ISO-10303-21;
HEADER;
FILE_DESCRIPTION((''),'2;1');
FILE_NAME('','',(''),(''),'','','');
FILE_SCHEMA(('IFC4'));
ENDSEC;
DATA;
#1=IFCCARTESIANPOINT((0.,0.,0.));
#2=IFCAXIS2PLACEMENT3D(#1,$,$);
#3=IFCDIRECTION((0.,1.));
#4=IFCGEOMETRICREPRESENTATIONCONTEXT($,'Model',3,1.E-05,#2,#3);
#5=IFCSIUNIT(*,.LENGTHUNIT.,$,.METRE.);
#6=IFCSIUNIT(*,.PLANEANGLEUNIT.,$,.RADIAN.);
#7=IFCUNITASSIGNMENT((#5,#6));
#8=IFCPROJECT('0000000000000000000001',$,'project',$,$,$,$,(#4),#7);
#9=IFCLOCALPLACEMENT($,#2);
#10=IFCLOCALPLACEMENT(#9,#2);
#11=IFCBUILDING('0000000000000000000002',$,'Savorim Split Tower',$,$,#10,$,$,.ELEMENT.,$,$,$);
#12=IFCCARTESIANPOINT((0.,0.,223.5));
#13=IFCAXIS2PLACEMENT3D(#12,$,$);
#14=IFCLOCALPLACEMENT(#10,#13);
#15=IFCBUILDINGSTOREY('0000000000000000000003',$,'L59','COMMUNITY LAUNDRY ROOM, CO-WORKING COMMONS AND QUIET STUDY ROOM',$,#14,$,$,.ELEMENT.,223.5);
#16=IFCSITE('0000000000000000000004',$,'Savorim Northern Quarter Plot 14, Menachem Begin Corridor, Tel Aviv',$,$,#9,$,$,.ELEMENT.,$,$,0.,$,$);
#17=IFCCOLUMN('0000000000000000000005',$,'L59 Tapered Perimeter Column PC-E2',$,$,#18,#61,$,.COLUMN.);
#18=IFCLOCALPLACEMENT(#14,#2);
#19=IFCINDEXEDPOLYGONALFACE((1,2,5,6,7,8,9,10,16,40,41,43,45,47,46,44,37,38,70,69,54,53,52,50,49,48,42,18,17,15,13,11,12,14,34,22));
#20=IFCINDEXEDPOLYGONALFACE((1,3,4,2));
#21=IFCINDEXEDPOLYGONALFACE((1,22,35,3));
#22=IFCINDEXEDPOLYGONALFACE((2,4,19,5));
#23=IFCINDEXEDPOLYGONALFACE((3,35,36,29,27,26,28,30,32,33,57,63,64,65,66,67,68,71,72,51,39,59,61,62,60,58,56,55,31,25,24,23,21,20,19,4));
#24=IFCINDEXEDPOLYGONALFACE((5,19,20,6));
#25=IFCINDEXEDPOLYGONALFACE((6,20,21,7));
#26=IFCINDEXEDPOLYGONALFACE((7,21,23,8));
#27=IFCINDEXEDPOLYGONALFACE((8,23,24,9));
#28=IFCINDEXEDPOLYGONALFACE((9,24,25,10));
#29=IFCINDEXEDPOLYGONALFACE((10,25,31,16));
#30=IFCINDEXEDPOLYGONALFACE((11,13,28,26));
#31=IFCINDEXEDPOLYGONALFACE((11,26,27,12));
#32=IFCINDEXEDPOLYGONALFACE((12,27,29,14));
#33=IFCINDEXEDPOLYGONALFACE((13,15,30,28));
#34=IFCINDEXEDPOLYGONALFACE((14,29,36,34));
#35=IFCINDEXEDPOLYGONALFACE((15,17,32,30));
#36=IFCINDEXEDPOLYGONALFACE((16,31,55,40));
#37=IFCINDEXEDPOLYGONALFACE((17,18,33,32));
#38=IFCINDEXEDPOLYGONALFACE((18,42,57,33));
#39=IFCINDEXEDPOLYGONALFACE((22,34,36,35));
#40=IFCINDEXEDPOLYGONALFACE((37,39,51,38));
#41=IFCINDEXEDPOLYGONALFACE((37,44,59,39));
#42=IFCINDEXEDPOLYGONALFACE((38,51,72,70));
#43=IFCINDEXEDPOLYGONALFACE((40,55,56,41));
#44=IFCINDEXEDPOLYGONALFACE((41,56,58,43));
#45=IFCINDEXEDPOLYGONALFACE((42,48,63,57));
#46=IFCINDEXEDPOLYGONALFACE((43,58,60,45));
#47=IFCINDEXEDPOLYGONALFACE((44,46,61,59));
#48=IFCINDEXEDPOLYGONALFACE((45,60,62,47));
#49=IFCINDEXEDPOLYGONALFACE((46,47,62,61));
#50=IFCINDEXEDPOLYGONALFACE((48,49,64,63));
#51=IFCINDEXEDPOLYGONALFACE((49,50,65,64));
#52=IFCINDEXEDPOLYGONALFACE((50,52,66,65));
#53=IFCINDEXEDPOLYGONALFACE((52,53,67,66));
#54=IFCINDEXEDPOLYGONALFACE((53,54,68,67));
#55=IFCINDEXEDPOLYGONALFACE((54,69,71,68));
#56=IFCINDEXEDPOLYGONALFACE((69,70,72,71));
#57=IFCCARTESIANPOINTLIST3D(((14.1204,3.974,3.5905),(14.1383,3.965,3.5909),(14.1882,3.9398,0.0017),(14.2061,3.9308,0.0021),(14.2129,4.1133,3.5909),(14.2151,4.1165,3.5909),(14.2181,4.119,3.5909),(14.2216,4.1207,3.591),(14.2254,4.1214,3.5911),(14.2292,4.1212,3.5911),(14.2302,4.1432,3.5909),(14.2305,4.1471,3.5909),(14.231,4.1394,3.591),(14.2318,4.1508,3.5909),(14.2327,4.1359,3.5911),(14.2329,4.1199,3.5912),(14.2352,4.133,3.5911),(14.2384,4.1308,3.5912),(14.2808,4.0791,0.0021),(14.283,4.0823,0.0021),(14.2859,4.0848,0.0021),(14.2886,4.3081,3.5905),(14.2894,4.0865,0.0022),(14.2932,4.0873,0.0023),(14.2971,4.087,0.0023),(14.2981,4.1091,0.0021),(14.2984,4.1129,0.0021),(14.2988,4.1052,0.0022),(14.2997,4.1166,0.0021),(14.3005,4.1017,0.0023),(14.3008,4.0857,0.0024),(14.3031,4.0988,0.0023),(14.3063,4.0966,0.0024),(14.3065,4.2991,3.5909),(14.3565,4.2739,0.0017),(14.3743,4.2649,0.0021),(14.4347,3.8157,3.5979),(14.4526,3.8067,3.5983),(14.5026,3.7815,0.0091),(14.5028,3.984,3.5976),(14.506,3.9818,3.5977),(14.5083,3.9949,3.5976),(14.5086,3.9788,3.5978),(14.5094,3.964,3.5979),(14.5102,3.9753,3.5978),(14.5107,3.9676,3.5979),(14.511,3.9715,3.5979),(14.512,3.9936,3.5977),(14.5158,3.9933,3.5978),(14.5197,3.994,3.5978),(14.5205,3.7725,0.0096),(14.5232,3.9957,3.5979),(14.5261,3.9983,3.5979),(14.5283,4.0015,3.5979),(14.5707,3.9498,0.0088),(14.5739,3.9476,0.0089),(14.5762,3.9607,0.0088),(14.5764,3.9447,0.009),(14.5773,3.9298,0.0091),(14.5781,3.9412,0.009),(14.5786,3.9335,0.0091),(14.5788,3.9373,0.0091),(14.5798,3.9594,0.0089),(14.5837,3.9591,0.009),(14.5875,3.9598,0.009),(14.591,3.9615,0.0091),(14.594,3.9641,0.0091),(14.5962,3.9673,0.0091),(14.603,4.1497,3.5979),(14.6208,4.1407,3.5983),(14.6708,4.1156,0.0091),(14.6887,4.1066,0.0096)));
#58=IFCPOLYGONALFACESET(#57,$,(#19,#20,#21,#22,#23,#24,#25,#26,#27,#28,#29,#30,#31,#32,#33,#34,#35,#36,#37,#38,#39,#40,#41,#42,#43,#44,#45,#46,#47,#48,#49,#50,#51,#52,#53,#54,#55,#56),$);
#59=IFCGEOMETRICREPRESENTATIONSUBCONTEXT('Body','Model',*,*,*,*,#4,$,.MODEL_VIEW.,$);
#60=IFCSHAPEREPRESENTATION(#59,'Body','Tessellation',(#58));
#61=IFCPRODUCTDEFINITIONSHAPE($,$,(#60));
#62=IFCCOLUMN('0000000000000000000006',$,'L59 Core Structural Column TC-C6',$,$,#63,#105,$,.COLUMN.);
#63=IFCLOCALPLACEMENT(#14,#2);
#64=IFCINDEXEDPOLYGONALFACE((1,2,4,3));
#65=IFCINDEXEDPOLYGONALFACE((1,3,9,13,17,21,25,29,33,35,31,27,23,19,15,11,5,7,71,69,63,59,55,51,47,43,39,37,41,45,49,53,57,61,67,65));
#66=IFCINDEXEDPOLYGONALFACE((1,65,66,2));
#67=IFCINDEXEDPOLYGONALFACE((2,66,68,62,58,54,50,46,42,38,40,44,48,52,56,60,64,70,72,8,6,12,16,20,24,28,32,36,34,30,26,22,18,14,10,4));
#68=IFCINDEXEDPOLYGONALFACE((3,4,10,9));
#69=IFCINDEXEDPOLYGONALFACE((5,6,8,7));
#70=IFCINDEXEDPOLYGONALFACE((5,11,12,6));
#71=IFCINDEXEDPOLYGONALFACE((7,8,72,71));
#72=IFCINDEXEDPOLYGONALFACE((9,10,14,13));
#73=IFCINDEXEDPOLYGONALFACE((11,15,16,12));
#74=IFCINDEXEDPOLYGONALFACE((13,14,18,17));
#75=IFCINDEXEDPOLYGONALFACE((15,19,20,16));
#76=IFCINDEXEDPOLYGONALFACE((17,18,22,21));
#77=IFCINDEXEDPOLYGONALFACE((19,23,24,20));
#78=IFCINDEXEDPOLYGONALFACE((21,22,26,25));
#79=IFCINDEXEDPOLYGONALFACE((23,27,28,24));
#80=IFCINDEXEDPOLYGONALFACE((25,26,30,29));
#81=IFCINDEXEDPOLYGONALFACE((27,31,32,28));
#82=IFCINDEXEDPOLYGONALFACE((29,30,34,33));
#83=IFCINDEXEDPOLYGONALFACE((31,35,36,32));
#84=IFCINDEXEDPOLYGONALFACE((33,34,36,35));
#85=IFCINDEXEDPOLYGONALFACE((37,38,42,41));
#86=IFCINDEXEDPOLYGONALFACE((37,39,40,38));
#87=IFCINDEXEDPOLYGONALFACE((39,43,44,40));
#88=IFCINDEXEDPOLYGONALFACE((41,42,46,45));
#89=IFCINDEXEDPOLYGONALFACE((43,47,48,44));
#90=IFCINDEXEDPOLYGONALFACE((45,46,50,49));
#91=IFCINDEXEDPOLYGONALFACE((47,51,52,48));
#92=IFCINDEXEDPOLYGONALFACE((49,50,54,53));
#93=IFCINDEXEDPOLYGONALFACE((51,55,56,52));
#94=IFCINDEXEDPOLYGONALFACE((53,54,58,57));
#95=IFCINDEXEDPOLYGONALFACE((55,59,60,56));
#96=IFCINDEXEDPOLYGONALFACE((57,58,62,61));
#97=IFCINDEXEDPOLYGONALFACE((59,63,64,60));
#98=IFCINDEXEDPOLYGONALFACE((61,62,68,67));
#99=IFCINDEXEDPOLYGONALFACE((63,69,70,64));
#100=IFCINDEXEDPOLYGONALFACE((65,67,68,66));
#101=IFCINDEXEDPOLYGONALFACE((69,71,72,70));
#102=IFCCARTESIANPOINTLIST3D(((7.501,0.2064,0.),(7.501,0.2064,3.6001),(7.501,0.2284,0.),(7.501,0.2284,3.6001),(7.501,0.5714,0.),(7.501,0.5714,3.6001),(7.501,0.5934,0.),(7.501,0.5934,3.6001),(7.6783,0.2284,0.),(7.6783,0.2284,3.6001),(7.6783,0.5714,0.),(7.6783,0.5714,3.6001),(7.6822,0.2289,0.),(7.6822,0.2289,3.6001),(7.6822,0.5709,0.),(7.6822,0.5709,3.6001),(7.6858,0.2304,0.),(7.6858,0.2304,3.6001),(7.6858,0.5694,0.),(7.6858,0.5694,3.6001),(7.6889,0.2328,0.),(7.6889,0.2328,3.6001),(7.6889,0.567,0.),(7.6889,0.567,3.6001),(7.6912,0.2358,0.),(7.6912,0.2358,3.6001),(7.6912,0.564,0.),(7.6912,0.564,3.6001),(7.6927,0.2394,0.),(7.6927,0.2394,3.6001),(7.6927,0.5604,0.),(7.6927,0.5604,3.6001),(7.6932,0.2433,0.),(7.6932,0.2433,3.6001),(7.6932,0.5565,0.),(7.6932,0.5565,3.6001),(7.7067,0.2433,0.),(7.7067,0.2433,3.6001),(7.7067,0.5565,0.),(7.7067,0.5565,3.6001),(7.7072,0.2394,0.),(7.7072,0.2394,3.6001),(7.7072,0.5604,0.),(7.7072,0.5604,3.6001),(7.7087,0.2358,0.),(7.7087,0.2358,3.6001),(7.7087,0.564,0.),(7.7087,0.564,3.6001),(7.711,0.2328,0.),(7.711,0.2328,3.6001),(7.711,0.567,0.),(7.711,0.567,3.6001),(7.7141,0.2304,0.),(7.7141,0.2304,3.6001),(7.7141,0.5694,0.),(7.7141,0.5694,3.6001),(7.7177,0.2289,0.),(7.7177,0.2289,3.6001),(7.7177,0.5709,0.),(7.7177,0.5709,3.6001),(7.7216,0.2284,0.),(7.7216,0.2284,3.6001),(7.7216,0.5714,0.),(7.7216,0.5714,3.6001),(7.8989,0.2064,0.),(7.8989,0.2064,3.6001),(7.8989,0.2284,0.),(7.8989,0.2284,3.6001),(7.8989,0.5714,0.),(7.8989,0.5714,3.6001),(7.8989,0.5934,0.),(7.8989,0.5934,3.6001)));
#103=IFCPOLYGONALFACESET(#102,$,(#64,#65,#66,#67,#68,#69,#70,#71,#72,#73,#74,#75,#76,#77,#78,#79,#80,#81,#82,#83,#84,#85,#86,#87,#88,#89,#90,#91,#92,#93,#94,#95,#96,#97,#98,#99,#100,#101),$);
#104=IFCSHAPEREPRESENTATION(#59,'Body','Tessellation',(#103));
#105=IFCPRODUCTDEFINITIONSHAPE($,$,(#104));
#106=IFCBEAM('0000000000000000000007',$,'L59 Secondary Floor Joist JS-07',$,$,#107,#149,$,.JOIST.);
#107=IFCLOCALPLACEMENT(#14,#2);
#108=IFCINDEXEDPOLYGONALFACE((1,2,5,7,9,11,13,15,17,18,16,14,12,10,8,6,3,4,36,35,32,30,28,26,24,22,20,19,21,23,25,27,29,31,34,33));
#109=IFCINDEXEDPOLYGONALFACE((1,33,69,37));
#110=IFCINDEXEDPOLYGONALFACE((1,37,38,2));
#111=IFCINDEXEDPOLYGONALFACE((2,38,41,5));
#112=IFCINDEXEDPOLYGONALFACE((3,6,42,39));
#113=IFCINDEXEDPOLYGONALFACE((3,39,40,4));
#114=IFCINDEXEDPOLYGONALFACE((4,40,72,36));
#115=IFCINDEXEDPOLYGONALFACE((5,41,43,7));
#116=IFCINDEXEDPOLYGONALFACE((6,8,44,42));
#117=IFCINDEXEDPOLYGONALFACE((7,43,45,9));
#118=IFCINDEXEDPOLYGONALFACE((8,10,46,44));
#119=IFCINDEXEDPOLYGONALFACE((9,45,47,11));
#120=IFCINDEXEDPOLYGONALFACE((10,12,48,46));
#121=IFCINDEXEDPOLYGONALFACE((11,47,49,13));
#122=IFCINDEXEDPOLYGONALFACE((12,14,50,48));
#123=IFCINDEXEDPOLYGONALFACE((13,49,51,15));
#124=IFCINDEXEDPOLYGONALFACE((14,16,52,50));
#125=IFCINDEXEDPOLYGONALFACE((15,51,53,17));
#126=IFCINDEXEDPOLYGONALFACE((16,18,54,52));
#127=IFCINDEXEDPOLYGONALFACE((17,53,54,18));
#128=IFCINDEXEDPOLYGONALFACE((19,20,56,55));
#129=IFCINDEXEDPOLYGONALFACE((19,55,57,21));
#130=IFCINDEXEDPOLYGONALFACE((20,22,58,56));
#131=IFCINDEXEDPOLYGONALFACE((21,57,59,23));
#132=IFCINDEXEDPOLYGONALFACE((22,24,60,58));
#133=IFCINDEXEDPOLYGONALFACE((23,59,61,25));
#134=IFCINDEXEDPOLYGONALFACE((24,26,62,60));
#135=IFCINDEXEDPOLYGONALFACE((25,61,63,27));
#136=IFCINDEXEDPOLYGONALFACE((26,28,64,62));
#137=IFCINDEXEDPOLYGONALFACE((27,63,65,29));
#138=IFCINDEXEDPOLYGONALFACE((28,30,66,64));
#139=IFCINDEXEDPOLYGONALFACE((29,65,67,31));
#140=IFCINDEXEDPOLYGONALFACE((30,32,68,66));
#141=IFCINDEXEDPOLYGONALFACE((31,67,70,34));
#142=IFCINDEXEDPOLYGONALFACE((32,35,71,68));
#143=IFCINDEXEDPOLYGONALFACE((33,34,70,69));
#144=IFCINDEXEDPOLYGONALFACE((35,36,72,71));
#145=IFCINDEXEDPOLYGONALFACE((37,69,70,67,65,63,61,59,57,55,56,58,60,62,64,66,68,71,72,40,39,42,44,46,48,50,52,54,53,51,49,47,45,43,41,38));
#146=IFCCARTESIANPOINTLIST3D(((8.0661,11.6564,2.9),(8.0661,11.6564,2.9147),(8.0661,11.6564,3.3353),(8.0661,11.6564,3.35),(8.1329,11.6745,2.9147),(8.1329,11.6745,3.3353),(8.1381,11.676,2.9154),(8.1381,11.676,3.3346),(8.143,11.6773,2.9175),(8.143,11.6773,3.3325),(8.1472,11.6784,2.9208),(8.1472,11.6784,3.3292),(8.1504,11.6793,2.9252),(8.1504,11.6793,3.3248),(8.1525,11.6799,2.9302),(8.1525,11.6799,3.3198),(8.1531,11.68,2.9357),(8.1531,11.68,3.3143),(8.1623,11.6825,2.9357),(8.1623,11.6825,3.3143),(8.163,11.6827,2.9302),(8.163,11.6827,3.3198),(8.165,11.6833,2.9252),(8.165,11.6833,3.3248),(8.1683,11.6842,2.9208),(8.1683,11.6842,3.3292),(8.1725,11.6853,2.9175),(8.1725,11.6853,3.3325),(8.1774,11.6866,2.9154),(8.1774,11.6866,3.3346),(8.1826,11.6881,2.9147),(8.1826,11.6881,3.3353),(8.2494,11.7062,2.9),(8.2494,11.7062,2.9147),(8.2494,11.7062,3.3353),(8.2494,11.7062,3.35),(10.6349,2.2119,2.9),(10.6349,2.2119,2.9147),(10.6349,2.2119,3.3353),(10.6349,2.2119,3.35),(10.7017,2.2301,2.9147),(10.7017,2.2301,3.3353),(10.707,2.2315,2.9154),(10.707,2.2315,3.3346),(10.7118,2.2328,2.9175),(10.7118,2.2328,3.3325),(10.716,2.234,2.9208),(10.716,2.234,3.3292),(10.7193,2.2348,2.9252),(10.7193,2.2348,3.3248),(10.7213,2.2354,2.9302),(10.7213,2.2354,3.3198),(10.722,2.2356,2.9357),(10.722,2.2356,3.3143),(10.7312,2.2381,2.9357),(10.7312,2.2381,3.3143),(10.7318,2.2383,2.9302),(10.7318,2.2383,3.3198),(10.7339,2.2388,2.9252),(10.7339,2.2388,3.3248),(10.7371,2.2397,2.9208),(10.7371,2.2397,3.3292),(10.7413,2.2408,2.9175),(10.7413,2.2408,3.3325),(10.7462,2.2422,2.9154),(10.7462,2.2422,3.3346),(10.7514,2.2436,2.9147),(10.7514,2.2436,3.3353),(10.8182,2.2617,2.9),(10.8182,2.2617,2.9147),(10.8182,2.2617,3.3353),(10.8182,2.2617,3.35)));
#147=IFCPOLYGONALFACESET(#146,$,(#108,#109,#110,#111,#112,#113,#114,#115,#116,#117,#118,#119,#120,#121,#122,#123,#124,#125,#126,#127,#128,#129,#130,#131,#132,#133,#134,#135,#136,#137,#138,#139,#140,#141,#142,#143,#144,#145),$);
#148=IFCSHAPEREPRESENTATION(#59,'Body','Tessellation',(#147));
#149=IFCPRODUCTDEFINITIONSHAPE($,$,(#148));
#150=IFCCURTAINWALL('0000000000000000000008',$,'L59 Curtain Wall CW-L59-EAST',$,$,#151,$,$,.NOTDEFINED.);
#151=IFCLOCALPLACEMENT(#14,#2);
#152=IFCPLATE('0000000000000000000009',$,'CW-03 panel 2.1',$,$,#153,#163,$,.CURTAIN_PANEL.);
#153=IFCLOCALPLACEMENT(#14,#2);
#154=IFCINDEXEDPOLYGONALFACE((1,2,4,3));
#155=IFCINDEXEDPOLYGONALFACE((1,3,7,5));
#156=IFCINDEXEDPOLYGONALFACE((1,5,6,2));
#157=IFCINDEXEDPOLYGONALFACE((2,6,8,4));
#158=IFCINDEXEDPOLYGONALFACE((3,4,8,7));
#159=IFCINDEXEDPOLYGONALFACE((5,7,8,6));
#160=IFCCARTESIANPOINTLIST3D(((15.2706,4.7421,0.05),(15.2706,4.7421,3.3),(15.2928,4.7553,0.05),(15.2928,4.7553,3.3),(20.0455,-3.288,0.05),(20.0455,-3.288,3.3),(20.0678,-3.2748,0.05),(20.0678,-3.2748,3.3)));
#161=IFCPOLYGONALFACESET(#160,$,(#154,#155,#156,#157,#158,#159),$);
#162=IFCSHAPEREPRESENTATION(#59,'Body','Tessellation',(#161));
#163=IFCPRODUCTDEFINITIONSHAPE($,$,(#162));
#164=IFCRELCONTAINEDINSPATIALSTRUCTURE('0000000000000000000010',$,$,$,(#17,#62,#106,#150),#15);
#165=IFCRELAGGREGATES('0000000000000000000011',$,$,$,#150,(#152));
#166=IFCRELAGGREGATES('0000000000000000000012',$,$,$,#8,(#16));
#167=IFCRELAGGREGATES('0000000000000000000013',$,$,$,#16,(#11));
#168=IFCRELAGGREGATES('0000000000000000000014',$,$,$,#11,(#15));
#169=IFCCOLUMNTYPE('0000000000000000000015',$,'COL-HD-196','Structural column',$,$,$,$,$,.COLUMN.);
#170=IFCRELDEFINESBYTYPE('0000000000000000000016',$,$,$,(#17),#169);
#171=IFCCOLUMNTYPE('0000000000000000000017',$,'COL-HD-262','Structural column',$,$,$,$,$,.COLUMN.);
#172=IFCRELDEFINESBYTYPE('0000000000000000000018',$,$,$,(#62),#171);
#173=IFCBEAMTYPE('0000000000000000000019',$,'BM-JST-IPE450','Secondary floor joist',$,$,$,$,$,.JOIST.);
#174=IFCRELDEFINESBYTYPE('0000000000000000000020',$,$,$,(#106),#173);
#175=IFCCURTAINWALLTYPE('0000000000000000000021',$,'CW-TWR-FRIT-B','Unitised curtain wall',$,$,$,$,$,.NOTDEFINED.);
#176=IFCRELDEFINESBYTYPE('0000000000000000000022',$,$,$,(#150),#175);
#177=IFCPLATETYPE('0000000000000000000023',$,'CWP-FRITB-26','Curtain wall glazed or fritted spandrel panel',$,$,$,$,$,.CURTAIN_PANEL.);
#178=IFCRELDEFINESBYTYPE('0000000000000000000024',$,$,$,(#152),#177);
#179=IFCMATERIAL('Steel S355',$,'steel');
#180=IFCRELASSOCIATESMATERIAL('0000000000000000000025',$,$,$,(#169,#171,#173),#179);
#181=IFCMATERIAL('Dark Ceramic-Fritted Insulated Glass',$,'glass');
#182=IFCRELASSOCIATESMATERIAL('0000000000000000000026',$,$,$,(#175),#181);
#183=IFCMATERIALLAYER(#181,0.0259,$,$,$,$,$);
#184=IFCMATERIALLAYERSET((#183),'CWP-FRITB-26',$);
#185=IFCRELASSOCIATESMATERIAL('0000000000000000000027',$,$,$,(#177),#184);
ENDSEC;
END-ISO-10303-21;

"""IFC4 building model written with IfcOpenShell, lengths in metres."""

from ifc_helpers import new_model, si_unit, direction, frame, origin, origin_2d, place, context, subcontext, project, spatial, rectangle, i_section, extrude, material, layer, layer_set, material_profile, profile_set, type_object, element, aggregate, save


model = new_model("IFC4")

# Units and contexts
model_context = context("Model", 3, precision=1e-05, world=origin(), true_north=direction((0.0, 1.0)))
body_context = subcontext(model_context, "Body", "Model", "MODEL_VIEW")
ifc_project = project(units=[si_unit("LENGTHUNIT", "METRE"), si_unit("PLANEANGLEUNIT", "RADIAN")], contexts=[model_context])

# Site, building, storey
site_placement = place(None, origin())
site = spatial("IfcSite", under=ifc_project, at=site_placement, Name="Savorim Northern Quarter Plot 14, Menachem Begin Corridor, Tel Aviv", CompositionType="ELEMENT", RefElevation=0.0)
building_placement = place(site_placement, origin())
building = spatial("IfcBuilding", under=site, at=building_placement, Name="Savorim Split Tower", CompositionType="ELEMENT")
storey_placement = place(building_placement, frame((0.0, 0.0, 223.5)))
storey = spatial("IfcBuildingStorey", under=building, at=storey_placement, Name="L59", Description="COMMUNITY LAUNDRY ROOM, CO-WORKING COMMONS AND QUIET STUDY ROOM", CompositionType="ELEMENT", Elevation=223.5)

# Columns
ifc_material_1 = material(Name="Steel S355", Category="steel")
ifc_material_profile_1 = material_profile(ifc_material_1, i_section(OverallWidth=0.374, OverallDepth=0.3721, WebThickness=0.0122, FlangeThickness=0.02, FilletRadius=0.0149, at=origin_2d()), Name="HD 360x196")
ifc_profile_set_1 = profile_set([ifc_material_profile_1], Name="Steel S355")
column_type_1 = type_object("IfcColumnType", Name="COL-HD-196", Description="Structural column", PredefinedType="COLUMN", material=ifc_profile_set_1)
column_1_placement = place(storey_placement, frame((14.4385, 4.0232, 0.0056), z_axis=(-0.018907, 0.009522, 0.999776), x_axis=(-0.449782, -0.893138, 0.0)))
element("IfcColumn", 1, at=column_1_placement, inside=storey, type_object=column_type_1, Name="L59 Tapered Perimeter Column PC-E2", PredefinedType="COLUMN", context=body_context, shape_type="SweptSolid", body=[
    extrude(i_section(OverallWidth=0.374, OverallDepth=0.3721, WebThickness=0.0122, FlangeThickness=0.02, FilletRadius=0.0149, at=origin_2d()), origin(), (0.0, 0.0, 1.0), 3.5896),
])
ifc_material_profile_2 = material_profile(ifc_material_1, i_section(OverallWidth=0.3979, OverallDepth=0.387, WebThickness=0.0134, FlangeThickness=0.022, FilletRadius=0.0149, at=origin_2d()), Name="HD 400x262")
ifc_profile_set_2 = profile_set([ifc_material_profile_2], Name="Steel S355")
column_type_2 = type_object("IfcColumnType", Name="COL-HD-262", Description="Structural column", PredefinedType="COLUMN", material=ifc_profile_set_2)
column_2_placement = place(storey_placement, frame((7.7, 0.3999, 0.0), z_axis=(0.0, 0.0, 1.0), x_axis=(1.0, 0.0, 0.0)))
element("IfcColumn", 2, at=column_2_placement, inside=storey, type_object=column_type_2, Name="L59 Core Structural Column TC-C6", PredefinedType="COLUMN", context=body_context, shape_type="SweptSolid", body=[
    extrude(i_section(OverallWidth=0.3979, OverallDepth=0.387, WebThickness=0.0134, FlangeThickness=0.022, FilletRadius=0.0149, at=origin_2d()), origin(), (0.0, 0.0, 1.0), 3.6001),
])

# Beam
ifc_material_profile_3 = material_profile(ifc_material_1, i_section(OverallWidth=0.1899, OverallDepth=0.45, WebThickness=0.0095, FlangeThickness=0.0146, FilletRadius=0.021, at=origin_2d()), Name="IPE 450")
ifc_profile_set_3 = profile_set([ifc_material_profile_3], Name="Steel S355")
beam_type = type_object("IfcBeamType", Name="BM-JST-IPE450", Description="Secondary floor joist", PredefinedType="JOIST", material=ifc_profile_set_3)
beam_placement = place(storey_placement, frame((10.7266, 2.2368, 3.125), z_axis=(-0.262457, 0.964944, 0.0), x_axis=(-0.964944, -0.262457, 0.0)))
element("IfcBeam", 3, at=beam_placement, inside=storey, type_object=beam_type, Name="L59 Secondary Floor Joist JS-07", PredefinedType="JOIST", context=body_context, shape_type="SweptSolid", body=[
    extrude(i_section(OverallWidth=0.1899, OverallDepth=0.45, WebThickness=0.0095, FlangeThickness=0.0146, FilletRadius=0.021, at=origin_2d()), origin(), (0.0, 0.0, 1.0), 9.7876),
])

# Curtain wall, plate
ifc_material_2 = material(Name="Dark Ceramic-Fritted Insulated Glass", Category="glass")
curtain_wall_type = type_object("IfcCurtainWallType", Name="CW-TWR-FRIT-B", Description="Unitised curtain wall", PredefinedType="NOTDEFINED", material=ifc_material_2)
curtain_wall_placement = place(storey_placement, origin())
curtain_wall = element("IfcCurtainWall", 4, at=curtain_wall_placement, inside=storey, type_object=curtain_wall_type, Name="L59 Curtain Wall CW-L59-EAST", PredefinedType="NOTDEFINED")
ifc_layer_1 = layer(ifc_material_2, 0.0259)
ifc_layer_set_1 = layer_set([ifc_layer_1], Name="CWP-FRITB-26")
plate_type = type_object("IfcPlateType", Name="CWP-FRITB-26", Description="Curtain wall glazed or fritted spandrel panel", PredefinedType="CURTAIN_PANEL", material=ifc_layer_set_1)
plate_placement = place(storey_placement, frame((17.6692, 0.7336, 0.05), z_axis=(0.0, 0.0, 1.0), x_axis=(-0.511096, 0.859524, 0.0)))
plate = element("IfcPlate", 5, at=plate_placement, type_object=plate_type, Name="CW-03 panel 2.1", PredefinedType="CURTAIN_PANEL", context=body_context, shape_type="SweptSolid", body=[
    extrude(rectangle(XDim=9.3425, YDim=0.0259, at=origin_2d()), origin(), (0.0, 0.0, 1.0), 3.25),
])
aggregate(curtain_wall, [plate])

save(model, "model.ifc")
